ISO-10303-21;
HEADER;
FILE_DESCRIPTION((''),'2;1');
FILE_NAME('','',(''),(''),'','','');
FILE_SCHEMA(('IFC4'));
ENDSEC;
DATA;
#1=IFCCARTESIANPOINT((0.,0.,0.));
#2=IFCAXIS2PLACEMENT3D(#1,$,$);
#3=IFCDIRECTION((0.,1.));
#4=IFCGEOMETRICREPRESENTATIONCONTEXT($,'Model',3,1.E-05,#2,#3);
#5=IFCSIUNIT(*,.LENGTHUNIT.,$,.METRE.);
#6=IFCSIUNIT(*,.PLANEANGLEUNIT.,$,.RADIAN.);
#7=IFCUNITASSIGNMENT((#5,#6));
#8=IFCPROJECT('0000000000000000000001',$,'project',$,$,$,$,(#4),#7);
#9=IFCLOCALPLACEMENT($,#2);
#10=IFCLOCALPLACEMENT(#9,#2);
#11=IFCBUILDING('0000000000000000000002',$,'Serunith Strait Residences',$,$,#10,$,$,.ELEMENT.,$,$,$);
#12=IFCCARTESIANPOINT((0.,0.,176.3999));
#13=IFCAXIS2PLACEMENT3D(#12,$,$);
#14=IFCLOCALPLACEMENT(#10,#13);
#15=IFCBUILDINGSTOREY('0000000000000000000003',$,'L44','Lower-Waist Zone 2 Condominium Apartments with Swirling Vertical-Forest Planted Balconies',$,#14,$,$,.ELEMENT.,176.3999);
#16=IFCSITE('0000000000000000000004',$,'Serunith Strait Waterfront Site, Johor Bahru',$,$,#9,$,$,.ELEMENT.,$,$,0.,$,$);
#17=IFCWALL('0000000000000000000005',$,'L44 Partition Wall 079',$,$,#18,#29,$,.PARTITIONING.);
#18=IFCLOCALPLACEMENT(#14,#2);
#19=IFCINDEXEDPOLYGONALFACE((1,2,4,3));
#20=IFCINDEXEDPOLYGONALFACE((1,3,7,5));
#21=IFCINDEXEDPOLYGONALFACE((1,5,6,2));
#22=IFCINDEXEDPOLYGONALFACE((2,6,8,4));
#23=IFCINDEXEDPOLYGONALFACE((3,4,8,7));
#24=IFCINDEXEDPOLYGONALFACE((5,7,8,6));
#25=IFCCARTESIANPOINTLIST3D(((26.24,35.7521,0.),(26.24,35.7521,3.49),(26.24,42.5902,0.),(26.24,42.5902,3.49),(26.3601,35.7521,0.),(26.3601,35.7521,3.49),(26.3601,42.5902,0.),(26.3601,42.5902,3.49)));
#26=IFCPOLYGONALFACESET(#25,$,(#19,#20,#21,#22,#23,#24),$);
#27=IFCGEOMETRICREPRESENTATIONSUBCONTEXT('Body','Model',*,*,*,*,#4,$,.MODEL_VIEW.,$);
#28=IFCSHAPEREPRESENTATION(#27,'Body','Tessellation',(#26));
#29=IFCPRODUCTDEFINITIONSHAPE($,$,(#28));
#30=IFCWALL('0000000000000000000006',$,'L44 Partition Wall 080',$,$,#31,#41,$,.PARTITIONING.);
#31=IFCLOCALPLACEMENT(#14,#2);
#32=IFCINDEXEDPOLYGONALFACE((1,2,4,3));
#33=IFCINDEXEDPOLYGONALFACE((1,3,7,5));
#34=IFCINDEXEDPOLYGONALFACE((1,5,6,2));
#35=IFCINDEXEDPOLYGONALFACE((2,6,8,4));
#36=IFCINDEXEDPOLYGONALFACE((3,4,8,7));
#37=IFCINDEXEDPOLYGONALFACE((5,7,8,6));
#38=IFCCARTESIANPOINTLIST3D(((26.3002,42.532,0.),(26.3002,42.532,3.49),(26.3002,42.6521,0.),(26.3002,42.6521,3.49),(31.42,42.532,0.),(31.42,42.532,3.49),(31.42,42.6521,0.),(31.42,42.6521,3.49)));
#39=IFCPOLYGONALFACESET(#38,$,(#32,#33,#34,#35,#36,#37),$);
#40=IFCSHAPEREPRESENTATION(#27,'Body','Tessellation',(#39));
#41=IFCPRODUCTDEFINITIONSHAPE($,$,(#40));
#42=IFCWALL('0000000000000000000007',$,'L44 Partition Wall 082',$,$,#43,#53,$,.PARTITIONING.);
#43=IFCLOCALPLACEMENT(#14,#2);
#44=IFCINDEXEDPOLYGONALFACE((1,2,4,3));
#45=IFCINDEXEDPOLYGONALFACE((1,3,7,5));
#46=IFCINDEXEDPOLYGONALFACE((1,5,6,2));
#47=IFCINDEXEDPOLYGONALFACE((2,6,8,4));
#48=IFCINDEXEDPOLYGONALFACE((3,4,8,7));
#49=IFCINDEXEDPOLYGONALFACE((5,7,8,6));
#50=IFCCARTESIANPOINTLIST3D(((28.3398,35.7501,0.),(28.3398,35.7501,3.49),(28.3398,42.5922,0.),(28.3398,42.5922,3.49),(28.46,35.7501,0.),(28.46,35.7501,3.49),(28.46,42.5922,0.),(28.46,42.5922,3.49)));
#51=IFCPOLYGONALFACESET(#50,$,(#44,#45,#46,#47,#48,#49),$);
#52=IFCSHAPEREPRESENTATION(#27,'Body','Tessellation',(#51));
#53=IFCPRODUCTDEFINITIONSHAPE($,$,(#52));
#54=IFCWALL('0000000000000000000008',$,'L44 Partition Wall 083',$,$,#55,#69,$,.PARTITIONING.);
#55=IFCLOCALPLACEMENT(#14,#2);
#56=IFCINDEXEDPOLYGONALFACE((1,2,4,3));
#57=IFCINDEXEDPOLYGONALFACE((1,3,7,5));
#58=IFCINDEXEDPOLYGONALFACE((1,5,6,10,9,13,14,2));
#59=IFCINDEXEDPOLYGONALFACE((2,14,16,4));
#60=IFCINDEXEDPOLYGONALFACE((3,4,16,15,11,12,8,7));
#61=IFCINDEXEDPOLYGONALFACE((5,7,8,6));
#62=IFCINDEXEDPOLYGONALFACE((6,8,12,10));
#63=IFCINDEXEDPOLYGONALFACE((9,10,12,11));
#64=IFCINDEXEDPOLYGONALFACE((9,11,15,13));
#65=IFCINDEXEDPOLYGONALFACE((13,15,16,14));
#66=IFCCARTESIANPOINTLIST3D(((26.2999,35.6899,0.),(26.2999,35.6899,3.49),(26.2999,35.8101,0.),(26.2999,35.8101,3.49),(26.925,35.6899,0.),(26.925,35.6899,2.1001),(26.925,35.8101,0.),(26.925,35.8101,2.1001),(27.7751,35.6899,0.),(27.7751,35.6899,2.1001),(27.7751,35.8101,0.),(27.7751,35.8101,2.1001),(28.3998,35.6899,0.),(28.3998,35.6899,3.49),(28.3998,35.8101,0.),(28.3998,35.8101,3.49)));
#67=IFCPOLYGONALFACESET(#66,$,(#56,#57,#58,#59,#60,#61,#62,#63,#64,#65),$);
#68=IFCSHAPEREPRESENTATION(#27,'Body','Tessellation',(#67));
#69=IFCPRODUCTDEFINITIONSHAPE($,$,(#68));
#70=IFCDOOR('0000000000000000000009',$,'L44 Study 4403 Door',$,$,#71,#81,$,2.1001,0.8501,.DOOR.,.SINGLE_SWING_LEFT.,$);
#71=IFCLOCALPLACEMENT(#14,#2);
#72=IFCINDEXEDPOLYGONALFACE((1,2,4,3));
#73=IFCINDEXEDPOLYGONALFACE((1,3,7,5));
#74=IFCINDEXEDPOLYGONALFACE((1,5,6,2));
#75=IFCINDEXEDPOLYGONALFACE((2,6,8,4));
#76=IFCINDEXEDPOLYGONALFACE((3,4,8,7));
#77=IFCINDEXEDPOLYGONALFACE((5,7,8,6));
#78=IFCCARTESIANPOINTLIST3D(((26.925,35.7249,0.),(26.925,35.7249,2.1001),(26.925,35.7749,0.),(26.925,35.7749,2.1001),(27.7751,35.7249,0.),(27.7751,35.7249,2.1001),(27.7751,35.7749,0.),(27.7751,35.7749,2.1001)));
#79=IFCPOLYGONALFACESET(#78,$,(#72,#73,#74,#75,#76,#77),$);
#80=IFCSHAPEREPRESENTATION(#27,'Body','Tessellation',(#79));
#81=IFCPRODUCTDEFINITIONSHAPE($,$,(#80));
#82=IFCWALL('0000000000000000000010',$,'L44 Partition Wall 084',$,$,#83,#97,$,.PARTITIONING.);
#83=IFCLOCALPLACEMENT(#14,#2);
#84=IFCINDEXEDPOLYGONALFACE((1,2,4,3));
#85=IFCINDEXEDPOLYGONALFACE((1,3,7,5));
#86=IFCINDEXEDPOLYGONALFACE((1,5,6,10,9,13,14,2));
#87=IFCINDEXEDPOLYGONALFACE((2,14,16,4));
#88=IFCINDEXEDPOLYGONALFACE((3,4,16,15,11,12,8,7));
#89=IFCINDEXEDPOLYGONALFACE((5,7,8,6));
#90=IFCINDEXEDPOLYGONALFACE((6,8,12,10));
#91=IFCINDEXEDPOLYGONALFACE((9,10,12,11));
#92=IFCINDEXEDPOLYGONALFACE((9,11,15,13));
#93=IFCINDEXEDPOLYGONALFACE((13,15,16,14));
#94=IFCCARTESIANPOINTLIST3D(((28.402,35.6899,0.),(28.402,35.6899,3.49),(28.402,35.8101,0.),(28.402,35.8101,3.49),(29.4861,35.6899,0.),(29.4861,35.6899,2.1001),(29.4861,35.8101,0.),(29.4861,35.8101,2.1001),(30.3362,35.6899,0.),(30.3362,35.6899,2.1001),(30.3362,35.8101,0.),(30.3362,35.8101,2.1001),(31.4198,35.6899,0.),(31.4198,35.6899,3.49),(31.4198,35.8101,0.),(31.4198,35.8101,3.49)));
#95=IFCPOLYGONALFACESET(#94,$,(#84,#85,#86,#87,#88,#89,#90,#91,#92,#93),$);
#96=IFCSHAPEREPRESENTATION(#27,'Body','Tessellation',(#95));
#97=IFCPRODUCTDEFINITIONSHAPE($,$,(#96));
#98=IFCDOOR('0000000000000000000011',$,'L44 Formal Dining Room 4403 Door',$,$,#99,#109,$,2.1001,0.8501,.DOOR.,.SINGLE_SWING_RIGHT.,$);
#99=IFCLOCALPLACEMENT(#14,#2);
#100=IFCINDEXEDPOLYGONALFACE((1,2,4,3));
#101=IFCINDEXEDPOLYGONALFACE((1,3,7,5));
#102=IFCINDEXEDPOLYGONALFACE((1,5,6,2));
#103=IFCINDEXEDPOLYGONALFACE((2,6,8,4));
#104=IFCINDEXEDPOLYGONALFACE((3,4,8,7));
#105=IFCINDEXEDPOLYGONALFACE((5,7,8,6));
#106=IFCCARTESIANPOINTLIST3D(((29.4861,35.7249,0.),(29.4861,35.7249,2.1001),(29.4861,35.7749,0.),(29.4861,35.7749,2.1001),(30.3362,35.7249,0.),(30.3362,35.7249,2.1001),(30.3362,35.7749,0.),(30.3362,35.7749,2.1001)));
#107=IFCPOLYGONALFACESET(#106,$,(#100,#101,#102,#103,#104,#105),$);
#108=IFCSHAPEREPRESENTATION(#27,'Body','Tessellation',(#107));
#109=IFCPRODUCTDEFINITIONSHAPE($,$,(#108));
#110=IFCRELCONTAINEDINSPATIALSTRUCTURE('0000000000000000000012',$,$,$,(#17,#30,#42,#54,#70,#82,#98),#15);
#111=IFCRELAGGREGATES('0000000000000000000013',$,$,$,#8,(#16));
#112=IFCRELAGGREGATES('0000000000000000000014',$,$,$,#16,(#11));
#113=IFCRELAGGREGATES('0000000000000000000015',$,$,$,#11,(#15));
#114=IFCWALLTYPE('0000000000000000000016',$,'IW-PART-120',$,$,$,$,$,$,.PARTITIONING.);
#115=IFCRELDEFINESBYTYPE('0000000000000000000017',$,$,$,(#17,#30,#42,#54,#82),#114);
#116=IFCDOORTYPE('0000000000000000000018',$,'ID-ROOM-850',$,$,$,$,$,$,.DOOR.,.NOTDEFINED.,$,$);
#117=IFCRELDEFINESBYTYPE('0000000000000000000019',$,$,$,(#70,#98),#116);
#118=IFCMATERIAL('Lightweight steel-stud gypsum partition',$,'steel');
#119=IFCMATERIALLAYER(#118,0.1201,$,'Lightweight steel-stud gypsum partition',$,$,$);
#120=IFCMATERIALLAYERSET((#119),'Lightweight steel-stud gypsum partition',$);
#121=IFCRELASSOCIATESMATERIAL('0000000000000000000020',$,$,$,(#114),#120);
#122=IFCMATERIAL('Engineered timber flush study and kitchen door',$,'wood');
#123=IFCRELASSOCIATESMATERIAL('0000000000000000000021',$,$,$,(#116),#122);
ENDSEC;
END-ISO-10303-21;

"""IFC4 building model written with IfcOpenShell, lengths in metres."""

from ifc_helpers import new_model, si_unit, direction, frame, frame_2d, origin, place, context, subcontext, project, spatial, rectangle, extrude, source, transform, mapped, material, layer, layer_set, type_object, element, fill, save


model = new_model("IFC4")

# Units and contexts
model_context = context("Model", 3, precision=1e-05, world=origin(), true_north=direction((0.0, 1.0)))
body_context = subcontext(model_context, "Body", "Model", "MODEL_VIEW")
ifc_project = project(units=[si_unit("LENGTHUNIT", "METRE"), si_unit("PLANEANGLEUNIT", "RADIAN")], contexts=[model_context])

# Site, building, storey
site_placement = place(None, origin())
site = spatial("IfcSite", under=ifc_project, at=site_placement, Name="Serunith Strait Waterfront Site, Johor Bahru", CompositionType="ELEMENT", RefElevation=0.0)
building_placement = place(site_placement, origin())
building = spatial("IfcBuilding", under=site, at=building_placement, Name="Serunith Strait Residences", CompositionType="ELEMENT")
storey_placement = place(building_placement, frame((0.0, 0.0, 176.3999)))
storey = spatial("IfcBuildingStorey", under=building, at=storey_placement, Name="L44", Description="Lower-Waist Zone 2 Condominium Apartments with Swirling Vertical-Forest Planted Balconies", CompositionType="ELEMENT", Elevation=176.3999)

# Shared definitions
ifc_material_1 = material(Name="Lightweight steel-stud gypsum partition", Category="steel")
ifc_layer_1 = layer(ifc_material_1, 0.1201, Name="Lightweight steel-stud gypsum partition")
ifc_layer_set_1 = layer_set([ifc_layer_1], Name="Lightweight steel-stud gypsum partition")
wall_type = type_object("IfcWallType", Name="IW-PART-120", PredefinedType="PARTITIONING", material=ifc_layer_set_1)
ifc_material_2 = material(Name="Engineered timber flush study and kitchen door", Category="wood")
door_type_1 = type_object("IfcDoorType", Name="ID-ROOM-850", OperationType="NOTDEFINED", PredefinedType="DOOR", material=ifc_material_2)
shared_shape_1 = source(origin(), body_context, "Body", "SweptSolid", [
    extrude(rectangle(XDim=0.8501, YDim=2.1001, at=frame_2d((0.425, 1.05))), frame((0.0, 0.0249, 0.0), z_axis=(0.0, -1.0, 0.0), x_axis=(1.0, 0.0, 0.0)), (0.0, 0.0, 1.0), 0.05),
])

# Walls
wall_1_placement = place(storey_placement, frame((26.3, 42.5901, 0.0), z_axis=(0.0, 0.0, 1.0), x_axis=(0.0, -1.0, 0.0)))
element("IfcWall", 1, at=wall_1_placement, inside=storey, type_object=wall_type, Name="L44 Partition Wall 079", PredefinedType="PARTITIONING", context=body_context, shape_type="SweptSolid", body=[
    extrude(rectangle(XDim=6.8381, YDim=0.1201, at=frame_2d((3.4189, 0.0))), origin(), (0.0, 0.0, 1.0), 3.49),
])
wall_2_placement = place(storey_placement, frame((26.3, 42.592, 0.0), z_axis=(0.0, 0.0, 1.0), x_axis=(1.0, 0.0, 0.0)))
element("IfcWall", 2, at=wall_2_placement, inside=storey, type_object=wall_type, Name="L44 Partition Wall 080", PredefinedType="PARTITIONING", context=body_context, shape_type="SweptSolid", body=[
    extrude(rectangle(XDim=5.1199, YDim=0.1201, at=frame_2d((2.5601, 0.0))), origin(), (0.0, 0.0, 1.0), 3.49),
])
wall_3_placement = place(storey_placement, frame((28.3999, 42.592, 0.0), z_axis=(0.0, 0.0, 1.0), x_axis=(0.0, -1.0, 0.0)))
element("IfcWall", 3, at=wall_3_placement, inside=storey, type_object=wall_type, Name="L44 Partition Wall 082", PredefinedType="PARTITIONING", context=body_context, shape_type="SweptSolid", body=[
    extrude(rectangle(XDim=6.842, YDim=0.1201, at=frame_2d((3.4209, 0.0))), origin(), (0.0, 0.0, 1.0), 3.49),
])

# Walls, openings, doors
wall_4_placement = place(storey_placement, frame((26.3, 35.75, 0.0), z_axis=(0.0, 0.0, 1.0), x_axis=(1.0, 0.0, 0.0)))
wall_4 = element("IfcWall", 4, at=wall_4_placement, inside=storey, type_object=wall_type, Name="L44 Partition Wall 083", PredefinedType="PARTITIONING", context=body_context, shape_type="SweptSolid", body=[
    extrude(rectangle(XDim=2.0999, YDim=0.1201, at=frame_2d((1.0498, 0.0))), origin(), (0.0, 0.0, 1.0), 3.49),
])
opening_1_placement = place(wall_4_placement, frame((0.625, 0.0, 0.0)))
opening_1 = element("IfcOpeningElement", 5, at=opening_1_placement, cuts=wall_4, PredefinedType="OPENING", context=body_context, shape_type="SweptSolid", body=[
    extrude(rectangle(XDim=0.8501, YDim=2.1001, at=frame_2d((0.425, 1.05))), frame((0.0, 0.0701, 0.0), z_axis=(0.0, -1.0, 0.0), x_axis=(1.0, 0.0, 0.0)), (0.0, 0.0, 1.0), 0.1401),
])
door_1_placement = place(opening_1_placement, origin())
door_1 = element("IfcDoor", 6, at=door_1_placement, inside=storey, type_object=door_type_1, Name="L44 Study 4403 Door", OperationType="SINGLE_SWING_LEFT", OverallHeight=2.1001, OverallWidth=0.8501, PredefinedType="DOOR", context=body_context, shape_type="MappedRepresentation", body=[
    mapped(shared_shape_1, transform((0.0, 0.0, 0.0), scale=1.0)),
])
fill(opening_1, door_1)
wall_5_placement = place(storey_placement, frame((28.4021, 35.75, 0.0), z_axis=(0.0, 0.0, 1.0), x_axis=(1.0, 0.0, 0.0)))
wall_5 = element("IfcWall", 7, at=wall_5_placement, inside=storey, type_object=wall_type, Name="L44 Partition Wall 084", PredefinedType="PARTITIONING", context=body_context, shape_type="SweptSolid", body=[
    extrude(rectangle(XDim=3.0178, YDim=0.1201, at=frame_2d((1.5088, 0.0))), origin(), (0.0, 0.0, 1.0), 3.49),
])
opening_2_placement = place(wall_5_placement, frame((1.084, 0.0, 0.0)))
opening_2 = element("IfcOpeningElement", 8, at=opening_2_placement, cuts=wall_5, PredefinedType="OPENING", context=body_context, shape_type="SweptSolid", body=[
    extrude(rectangle(XDim=0.8501, YDim=2.1001, at=frame_2d((0.425, 1.05))), frame((0.0, 0.0701, 0.0), z_axis=(0.0, -1.0, 0.0), x_axis=(1.0, 0.0, 0.0)), (0.0, 0.0, 1.0), 0.1401),
])
door_2_placement = place(opening_2_placement, origin())
door_2 = element("IfcDoor", 9, at=door_2_placement, inside=storey, type_object=door_type_1, Name="L44 Formal Dining Room 4403 Door", OperationType="SINGLE_SWING_RIGHT", OverallHeight=2.1001, OverallWidth=0.8501, PredefinedType="DOOR", context=body_context, shape_type="MappedRepresentation", body=[
    mapped(shared_shape_1, transform((0.0, 0.0, 0.0), scale=1.0)),
])
fill(opening_2, door_2)

save(model, "model.ifc")
